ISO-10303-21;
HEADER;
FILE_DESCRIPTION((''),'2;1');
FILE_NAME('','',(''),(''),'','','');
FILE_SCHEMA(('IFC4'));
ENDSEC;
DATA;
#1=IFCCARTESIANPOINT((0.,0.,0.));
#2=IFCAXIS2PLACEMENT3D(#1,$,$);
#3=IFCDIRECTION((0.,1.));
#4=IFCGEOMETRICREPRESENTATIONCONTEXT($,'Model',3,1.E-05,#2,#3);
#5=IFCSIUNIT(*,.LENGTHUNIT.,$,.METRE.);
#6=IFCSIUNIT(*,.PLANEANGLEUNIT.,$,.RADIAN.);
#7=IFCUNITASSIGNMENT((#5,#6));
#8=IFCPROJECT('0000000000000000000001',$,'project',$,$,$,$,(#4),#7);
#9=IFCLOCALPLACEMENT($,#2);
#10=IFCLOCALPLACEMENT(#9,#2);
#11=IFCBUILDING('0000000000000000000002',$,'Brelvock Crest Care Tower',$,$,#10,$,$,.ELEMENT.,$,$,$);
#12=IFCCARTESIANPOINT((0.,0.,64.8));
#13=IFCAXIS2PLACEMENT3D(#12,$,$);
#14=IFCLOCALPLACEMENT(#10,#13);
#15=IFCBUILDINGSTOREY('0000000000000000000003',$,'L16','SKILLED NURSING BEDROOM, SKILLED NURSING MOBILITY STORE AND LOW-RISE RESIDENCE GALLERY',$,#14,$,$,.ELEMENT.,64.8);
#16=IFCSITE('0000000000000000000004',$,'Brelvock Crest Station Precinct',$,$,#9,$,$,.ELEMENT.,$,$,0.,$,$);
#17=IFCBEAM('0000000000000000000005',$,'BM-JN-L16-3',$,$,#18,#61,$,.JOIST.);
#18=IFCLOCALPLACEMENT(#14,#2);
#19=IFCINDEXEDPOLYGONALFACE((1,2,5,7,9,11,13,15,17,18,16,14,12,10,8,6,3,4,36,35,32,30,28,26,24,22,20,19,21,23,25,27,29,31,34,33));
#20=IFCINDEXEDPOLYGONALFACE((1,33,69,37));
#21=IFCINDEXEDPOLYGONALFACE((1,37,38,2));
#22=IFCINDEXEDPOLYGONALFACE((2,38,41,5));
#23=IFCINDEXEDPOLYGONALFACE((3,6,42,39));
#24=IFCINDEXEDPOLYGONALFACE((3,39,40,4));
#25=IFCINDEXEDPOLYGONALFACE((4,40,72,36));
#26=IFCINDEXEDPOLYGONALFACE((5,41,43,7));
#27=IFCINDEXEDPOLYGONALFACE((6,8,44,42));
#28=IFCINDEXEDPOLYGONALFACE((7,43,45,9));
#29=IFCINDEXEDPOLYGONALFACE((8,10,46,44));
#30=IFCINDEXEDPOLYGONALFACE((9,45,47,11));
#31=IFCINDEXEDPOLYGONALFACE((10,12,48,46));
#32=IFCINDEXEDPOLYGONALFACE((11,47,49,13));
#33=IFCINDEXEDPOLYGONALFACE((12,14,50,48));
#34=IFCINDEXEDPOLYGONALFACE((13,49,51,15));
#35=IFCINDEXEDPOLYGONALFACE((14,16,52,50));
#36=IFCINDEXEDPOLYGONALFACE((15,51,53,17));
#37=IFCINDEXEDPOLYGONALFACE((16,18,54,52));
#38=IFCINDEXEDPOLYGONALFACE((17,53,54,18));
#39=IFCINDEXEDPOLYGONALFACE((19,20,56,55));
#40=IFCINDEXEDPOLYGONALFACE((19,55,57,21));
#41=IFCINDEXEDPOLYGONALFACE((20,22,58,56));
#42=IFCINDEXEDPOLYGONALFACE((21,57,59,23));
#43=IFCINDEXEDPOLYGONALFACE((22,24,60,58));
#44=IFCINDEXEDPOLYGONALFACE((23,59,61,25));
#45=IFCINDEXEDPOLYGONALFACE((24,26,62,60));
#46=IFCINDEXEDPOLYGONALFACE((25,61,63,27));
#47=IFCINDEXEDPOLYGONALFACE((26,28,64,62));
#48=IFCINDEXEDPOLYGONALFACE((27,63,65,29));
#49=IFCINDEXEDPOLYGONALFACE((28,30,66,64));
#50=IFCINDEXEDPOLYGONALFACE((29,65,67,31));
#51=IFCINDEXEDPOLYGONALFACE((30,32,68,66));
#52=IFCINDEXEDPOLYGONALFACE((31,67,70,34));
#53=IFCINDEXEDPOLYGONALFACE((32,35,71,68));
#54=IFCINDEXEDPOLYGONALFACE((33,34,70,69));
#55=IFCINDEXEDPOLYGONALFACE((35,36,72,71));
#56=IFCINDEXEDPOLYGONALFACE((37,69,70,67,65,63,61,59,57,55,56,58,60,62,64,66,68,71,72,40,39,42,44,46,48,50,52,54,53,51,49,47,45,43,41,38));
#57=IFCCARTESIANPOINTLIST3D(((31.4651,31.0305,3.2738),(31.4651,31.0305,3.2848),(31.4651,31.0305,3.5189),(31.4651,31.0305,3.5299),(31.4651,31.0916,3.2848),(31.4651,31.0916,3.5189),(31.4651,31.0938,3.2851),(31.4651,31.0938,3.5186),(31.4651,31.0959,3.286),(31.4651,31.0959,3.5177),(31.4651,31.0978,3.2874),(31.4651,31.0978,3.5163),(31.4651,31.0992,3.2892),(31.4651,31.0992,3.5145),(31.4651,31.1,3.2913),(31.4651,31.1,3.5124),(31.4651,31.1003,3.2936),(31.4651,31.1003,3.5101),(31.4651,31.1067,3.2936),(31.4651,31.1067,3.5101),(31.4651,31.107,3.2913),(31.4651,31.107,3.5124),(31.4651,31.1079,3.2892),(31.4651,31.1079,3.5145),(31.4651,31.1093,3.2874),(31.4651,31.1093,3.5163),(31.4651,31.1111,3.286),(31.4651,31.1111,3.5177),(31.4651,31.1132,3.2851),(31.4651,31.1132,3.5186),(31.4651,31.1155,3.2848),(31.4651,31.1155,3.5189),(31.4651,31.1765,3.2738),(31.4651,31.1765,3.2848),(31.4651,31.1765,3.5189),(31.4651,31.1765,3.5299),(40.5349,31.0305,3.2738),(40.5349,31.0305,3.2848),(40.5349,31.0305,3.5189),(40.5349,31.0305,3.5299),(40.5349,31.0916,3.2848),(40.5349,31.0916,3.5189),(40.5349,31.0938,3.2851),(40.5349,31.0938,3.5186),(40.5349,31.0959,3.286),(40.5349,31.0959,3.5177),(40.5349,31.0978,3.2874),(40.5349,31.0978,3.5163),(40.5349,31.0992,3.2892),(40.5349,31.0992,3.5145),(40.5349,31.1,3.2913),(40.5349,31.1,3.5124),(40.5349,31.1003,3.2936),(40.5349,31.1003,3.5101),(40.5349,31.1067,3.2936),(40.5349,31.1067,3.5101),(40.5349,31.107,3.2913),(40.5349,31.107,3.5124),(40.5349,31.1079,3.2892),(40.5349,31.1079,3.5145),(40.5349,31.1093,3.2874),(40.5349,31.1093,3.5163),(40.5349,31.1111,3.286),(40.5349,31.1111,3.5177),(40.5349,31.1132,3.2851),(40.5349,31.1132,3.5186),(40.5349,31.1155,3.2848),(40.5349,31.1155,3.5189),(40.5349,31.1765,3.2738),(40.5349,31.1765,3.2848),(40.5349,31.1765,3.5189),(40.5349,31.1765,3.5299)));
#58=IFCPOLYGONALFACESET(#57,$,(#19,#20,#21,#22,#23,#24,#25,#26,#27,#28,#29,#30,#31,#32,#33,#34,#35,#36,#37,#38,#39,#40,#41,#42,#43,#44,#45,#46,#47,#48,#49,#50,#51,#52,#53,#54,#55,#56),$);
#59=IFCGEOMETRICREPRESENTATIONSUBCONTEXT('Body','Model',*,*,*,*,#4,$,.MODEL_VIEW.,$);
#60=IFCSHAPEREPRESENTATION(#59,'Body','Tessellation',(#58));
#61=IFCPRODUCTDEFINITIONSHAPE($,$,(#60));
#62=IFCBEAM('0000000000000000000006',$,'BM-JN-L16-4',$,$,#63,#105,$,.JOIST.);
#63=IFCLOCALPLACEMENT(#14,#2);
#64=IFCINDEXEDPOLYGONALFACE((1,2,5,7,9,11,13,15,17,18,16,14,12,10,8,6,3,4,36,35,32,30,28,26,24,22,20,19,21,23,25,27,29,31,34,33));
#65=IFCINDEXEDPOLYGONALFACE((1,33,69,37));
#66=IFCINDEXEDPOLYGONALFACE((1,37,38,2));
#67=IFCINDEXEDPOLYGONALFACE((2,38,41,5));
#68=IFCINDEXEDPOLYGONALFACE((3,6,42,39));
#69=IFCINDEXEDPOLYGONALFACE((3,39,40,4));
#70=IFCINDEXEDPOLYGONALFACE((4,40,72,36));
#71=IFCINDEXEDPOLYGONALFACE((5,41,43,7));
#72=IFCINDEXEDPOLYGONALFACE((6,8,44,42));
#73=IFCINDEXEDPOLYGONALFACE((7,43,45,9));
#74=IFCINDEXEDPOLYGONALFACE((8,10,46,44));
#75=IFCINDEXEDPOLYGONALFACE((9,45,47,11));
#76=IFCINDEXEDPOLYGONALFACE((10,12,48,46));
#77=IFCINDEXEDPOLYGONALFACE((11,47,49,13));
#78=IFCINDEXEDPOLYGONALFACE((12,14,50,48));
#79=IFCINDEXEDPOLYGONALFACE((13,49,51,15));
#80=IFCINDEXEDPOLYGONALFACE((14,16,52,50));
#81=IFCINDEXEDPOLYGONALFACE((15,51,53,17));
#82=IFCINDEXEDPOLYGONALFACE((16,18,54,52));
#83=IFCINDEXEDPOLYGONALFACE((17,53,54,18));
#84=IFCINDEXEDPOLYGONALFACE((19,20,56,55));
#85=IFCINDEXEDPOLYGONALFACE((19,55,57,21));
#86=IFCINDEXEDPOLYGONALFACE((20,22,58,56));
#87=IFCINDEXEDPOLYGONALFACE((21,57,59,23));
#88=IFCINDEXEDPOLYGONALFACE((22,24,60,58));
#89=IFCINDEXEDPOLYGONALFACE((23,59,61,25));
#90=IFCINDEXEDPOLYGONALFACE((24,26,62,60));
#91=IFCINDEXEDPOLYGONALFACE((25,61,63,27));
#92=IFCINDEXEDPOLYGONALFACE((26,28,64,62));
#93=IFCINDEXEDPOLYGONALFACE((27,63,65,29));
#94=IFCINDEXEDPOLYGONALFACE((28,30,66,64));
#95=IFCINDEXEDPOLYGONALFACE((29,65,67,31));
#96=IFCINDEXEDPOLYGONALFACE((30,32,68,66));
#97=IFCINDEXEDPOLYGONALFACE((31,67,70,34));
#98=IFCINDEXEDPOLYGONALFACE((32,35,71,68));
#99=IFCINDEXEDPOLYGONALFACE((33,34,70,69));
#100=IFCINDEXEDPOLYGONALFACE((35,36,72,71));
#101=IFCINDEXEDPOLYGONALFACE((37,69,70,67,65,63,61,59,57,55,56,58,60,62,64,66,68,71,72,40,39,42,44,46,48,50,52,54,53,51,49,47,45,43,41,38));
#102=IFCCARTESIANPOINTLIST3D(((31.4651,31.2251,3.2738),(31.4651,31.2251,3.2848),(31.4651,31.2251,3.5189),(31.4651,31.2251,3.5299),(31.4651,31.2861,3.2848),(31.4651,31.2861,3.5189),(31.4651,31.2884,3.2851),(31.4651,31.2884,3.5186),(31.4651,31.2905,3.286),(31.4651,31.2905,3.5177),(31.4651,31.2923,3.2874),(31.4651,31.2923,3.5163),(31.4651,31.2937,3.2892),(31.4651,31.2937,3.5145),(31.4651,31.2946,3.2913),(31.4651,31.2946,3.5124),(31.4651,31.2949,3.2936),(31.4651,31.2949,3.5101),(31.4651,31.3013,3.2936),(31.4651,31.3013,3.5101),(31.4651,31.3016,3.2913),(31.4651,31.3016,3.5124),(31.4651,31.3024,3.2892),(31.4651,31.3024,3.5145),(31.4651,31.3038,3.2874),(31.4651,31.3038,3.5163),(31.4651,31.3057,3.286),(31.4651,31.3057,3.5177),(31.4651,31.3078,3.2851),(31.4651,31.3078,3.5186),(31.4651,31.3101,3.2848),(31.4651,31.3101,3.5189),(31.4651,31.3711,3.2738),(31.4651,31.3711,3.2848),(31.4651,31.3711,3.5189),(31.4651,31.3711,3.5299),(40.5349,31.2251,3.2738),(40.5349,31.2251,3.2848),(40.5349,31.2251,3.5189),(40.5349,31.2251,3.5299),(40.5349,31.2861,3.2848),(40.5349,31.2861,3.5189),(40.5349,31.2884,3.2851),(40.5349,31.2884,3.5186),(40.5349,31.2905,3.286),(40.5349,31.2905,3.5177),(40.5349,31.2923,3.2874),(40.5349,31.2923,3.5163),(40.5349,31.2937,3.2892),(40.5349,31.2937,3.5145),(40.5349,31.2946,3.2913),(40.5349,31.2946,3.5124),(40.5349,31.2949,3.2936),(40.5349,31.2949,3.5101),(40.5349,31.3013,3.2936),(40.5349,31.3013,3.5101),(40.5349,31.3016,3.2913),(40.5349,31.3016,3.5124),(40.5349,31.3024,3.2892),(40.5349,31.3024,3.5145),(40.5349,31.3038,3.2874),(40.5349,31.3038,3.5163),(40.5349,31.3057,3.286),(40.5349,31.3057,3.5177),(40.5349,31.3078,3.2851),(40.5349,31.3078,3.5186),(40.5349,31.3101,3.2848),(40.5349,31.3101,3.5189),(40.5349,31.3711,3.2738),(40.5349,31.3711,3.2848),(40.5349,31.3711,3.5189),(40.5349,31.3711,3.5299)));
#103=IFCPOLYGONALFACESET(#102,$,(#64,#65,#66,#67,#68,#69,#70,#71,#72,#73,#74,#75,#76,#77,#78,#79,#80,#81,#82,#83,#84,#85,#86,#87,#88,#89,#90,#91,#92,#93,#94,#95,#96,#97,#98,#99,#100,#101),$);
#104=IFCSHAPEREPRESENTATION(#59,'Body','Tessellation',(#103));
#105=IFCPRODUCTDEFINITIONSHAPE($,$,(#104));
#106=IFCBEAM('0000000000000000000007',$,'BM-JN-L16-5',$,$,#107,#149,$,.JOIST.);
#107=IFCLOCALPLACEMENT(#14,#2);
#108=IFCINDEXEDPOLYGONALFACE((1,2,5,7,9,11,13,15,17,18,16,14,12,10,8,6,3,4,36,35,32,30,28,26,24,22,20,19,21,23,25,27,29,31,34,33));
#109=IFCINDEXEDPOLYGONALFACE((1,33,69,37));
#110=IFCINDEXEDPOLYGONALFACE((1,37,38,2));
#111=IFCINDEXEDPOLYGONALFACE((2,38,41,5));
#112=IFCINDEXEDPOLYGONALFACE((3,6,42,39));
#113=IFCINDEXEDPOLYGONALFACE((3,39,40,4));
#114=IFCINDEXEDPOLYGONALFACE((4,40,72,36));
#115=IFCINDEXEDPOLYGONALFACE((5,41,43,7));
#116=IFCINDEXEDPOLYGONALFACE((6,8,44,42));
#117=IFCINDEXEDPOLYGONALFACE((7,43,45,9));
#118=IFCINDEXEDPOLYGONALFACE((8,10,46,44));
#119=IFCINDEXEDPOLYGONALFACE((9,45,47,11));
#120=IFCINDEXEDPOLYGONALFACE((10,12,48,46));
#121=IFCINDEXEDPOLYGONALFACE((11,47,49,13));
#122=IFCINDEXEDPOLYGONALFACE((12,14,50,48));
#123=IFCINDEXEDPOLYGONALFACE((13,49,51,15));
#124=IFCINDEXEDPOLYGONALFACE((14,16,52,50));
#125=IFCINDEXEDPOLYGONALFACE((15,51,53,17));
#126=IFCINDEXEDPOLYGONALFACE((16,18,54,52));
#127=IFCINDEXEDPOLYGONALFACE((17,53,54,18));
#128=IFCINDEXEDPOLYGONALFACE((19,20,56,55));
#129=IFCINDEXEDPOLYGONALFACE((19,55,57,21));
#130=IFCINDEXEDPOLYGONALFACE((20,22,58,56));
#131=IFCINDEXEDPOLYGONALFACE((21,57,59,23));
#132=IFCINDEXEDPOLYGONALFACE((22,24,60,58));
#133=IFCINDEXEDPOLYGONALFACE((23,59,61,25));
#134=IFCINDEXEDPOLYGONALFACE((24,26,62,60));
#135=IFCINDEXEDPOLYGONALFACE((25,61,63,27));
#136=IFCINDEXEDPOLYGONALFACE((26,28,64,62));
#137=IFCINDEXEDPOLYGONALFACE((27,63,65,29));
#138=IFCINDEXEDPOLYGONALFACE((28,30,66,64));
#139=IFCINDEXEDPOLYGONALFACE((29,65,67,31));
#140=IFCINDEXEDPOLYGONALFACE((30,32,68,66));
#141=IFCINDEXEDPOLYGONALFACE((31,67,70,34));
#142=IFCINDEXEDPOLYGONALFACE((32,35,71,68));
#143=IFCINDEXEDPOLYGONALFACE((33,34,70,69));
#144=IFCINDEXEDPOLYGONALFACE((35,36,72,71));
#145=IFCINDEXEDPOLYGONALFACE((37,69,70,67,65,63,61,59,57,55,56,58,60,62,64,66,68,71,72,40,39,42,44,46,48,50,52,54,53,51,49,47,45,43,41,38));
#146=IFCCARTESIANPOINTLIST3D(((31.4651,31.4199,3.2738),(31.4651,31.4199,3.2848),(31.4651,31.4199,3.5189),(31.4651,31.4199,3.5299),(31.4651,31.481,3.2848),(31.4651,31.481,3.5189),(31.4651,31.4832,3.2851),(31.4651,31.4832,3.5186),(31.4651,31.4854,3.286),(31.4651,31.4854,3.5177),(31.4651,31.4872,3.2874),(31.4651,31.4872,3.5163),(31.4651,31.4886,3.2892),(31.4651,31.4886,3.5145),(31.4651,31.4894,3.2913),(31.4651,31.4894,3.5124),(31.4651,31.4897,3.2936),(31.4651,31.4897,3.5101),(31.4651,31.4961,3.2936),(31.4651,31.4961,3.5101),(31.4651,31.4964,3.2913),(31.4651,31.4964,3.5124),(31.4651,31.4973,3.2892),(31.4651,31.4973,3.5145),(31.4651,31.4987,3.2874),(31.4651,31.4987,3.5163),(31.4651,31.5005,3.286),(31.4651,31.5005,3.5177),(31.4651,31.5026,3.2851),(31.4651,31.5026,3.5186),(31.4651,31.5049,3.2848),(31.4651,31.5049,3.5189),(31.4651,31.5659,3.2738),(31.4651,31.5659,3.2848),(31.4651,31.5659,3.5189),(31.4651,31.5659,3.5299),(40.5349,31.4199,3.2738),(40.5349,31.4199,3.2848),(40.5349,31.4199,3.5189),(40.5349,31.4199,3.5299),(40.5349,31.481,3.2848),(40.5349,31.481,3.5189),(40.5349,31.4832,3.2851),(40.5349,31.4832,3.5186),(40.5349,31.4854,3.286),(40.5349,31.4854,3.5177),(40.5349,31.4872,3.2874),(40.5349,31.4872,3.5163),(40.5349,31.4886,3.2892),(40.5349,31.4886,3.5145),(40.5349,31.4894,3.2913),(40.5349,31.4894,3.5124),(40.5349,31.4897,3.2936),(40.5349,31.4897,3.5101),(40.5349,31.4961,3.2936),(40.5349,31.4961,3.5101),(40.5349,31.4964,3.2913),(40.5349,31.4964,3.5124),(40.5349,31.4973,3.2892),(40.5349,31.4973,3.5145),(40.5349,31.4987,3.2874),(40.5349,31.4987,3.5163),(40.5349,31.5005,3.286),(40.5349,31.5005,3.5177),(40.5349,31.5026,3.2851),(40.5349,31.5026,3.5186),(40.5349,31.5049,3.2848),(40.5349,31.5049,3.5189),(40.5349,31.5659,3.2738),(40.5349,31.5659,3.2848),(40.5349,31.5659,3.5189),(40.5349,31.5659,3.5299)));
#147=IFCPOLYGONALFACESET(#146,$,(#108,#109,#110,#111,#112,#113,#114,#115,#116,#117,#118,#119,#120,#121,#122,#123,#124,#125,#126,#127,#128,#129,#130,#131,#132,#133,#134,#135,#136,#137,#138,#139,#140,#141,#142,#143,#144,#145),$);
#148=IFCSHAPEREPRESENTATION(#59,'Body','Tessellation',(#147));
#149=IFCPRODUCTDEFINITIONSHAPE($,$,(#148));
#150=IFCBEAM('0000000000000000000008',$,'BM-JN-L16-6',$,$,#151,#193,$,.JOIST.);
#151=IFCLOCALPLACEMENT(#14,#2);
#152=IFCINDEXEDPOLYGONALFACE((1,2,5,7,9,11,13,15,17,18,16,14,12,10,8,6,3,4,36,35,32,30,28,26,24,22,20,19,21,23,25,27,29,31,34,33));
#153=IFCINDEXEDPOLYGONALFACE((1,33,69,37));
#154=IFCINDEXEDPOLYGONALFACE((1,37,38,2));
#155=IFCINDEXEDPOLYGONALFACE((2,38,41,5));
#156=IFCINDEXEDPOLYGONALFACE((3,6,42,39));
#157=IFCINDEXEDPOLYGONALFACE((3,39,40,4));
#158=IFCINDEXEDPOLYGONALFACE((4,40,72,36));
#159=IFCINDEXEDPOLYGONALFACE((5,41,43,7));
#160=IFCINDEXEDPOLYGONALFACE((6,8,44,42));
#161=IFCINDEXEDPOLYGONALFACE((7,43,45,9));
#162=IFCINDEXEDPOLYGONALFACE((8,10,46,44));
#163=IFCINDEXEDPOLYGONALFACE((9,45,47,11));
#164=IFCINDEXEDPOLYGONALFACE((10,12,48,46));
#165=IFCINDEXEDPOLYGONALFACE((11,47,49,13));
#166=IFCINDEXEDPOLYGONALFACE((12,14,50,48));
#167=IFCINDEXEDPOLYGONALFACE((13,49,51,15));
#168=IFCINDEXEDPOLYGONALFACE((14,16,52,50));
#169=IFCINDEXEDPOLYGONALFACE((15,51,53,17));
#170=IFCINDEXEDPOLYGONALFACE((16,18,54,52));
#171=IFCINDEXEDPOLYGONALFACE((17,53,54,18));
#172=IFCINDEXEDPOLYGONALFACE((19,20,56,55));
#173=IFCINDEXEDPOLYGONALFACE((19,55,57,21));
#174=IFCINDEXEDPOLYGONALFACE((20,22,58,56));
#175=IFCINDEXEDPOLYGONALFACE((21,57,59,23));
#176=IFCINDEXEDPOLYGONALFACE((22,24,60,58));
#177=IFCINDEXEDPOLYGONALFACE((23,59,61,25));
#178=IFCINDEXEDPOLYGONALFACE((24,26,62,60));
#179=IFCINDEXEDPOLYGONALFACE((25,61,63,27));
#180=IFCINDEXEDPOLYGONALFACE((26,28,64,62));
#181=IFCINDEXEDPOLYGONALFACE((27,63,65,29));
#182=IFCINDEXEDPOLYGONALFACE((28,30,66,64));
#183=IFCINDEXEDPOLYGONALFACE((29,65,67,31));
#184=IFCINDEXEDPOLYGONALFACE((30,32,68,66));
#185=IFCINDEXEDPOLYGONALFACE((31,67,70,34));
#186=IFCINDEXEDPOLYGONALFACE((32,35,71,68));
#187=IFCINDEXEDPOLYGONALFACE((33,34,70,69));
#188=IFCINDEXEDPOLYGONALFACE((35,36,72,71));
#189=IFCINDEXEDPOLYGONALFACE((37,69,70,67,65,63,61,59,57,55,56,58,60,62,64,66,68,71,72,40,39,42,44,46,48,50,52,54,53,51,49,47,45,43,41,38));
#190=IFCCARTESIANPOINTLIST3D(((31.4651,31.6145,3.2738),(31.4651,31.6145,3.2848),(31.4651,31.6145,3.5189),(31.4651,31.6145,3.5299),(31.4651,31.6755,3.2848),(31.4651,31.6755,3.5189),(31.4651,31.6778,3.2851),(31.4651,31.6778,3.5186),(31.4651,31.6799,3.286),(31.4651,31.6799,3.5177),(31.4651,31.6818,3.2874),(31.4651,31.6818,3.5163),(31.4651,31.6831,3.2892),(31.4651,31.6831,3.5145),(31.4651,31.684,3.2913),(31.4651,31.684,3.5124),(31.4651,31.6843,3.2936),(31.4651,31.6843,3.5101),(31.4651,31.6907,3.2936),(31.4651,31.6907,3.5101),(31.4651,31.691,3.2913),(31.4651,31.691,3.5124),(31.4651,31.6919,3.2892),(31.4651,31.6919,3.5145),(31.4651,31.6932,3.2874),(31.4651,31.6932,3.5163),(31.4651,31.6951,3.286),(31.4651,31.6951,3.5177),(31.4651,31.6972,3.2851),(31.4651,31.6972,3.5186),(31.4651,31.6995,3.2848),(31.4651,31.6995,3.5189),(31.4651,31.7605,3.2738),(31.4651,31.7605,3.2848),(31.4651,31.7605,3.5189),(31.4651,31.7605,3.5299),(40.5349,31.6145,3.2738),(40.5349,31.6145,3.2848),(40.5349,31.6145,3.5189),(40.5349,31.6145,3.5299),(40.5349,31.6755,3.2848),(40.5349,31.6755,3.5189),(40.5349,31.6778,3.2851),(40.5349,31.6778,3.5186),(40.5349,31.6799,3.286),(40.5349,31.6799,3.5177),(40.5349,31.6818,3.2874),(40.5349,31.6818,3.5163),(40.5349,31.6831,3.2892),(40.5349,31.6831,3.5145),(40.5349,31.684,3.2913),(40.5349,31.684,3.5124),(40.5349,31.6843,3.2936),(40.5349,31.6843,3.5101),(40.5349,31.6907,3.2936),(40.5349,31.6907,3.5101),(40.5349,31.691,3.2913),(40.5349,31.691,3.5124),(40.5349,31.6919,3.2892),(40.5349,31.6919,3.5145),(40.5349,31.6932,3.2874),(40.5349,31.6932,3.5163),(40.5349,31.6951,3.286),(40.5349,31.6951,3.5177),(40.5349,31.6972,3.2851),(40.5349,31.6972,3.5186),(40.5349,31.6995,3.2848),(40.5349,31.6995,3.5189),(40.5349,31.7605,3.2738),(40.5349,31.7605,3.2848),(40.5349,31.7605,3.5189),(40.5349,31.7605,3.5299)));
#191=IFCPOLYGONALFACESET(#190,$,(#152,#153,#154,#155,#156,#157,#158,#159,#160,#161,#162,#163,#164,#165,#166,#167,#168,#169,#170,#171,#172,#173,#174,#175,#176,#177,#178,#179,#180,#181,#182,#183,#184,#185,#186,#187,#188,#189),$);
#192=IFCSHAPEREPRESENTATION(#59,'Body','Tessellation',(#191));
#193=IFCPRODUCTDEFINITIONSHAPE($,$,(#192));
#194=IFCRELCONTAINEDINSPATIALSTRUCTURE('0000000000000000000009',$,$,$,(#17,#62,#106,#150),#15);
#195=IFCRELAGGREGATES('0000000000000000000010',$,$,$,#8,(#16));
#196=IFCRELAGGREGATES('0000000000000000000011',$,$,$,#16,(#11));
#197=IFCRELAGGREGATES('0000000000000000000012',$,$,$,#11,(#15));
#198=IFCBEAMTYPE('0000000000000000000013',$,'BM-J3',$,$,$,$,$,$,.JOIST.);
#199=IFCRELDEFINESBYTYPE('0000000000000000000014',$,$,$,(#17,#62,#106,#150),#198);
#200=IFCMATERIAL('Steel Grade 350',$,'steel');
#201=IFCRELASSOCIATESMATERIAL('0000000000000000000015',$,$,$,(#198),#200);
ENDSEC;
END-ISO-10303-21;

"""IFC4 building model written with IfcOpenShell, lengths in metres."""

from ifc_helpers import new_model, si_unit, direction, frame, origin, origin_2d, place, context, subcontext, project, spatial, i_section, extrude, source, transform, mapped, material, material_profile, profile_set, type_object, element, save


model = new_model("IFC4")

# Units and contexts
model_context = context("Model", 3, precision=1e-05, world=origin(), true_north=direction((0.0, 1.0)))
body_context = subcontext(model_context, "Body", "Model", "MODEL_VIEW")
ifc_project = project(units=[si_unit("LENGTHUNIT", "METRE"), si_unit("PLANEANGLEUNIT", "RADIAN")], contexts=[model_context])

# Site, building, storey
site_placement = place(None, origin())
site = spatial("IfcSite", under=ifc_project, at=site_placement, Name="Brelvock Crest Station Precinct", CompositionType="ELEMENT", RefElevation=0.0)
building_placement = place(site_placement, origin())
building = spatial("IfcBuilding", under=site, at=building_placement, Name="Brelvock Crest Care Tower", CompositionType="ELEMENT")
storey_placement = place(building_placement, frame((0.0, 0.0, 64.8)))
storey = spatial("IfcBuildingStorey", under=building, at=storey_placement, Name="L16", Description="SKILLED NURSING BEDROOM, SKILLED NURSING MOBILITY STORE AND LOW-RISE RESIDENCE GALLERY", CompositionType="ELEMENT", Elevation=64.8)

# Beams
ifc_material_1 = material(Name="Steel Grade 350", Category="steel")
ifc_material_profile = material_profile(ifc_material_1, i_section(OverallWidth=0.146, OverallDepth=0.2561, WebThickness=0.0063, FlangeThickness=0.011, FilletRadius=0.0088, at=origin_2d()), Name="250UB37.3")
ifc_profile_set = profile_set([ifc_material_profile], Name="Steel Grade 350")
beam_type = type_object("IfcBeamType", Name="BM-J3", PredefinedType="JOIST", material=ifc_profile_set)
shared_shape_1 = source(origin(), body_context, "Body", "SweptSolid", [
    extrude(i_section(OverallWidth=0.146, OverallDepth=0.2561, WebThickness=0.0063, FlangeThickness=0.011, FilletRadius=0.0088, at=origin_2d()), origin(), (0.0, 0.0, 1.0), 9.0698),
])
for number, where, z_axis, x_axis, name in (
    (1, (31.4651, 31.1035, 3.4019), (1.0, 0.0, 0.0), (0.0, 1.0, 0.0), "BM-JN-L16-3"),
    (2, (31.4651, 31.2981, 3.4019), (1.0, 0.0, 0.0), (0.0, 1.0, 0.0), "BM-JN-L16-4"),
    (3, (31.4651, 31.4929, 3.4019), (1.0, 0.0, 0.0), (0.0, 1.0, 0.0), "BM-JN-L16-5"),
    (4, (31.4651, 31.6875, 3.4019), (1.0, 0.0, 0.0), (0.0, 1.0, 0.0), "BM-JN-L16-6"),
):
    element("IfcBeam", number, at=place(storey_placement, frame(where, z_axis=z_axis, x_axis=x_axis)), inside=storey, type_object=beam_type, Name=name, PredefinedType="JOIST", context=body_context, shape_type="MappedRepresentation", body=[
        mapped(shared_shape_1, transform((0.0, 0.0, 0.0), x_axis=(1.0, 0.0, 0.0), y_axis=(0.0, 1.0, 0.0), z_axis=(0.0, 0.0, 1.0), scale=1.0)),
    ])

save(model, "model.ifc")
